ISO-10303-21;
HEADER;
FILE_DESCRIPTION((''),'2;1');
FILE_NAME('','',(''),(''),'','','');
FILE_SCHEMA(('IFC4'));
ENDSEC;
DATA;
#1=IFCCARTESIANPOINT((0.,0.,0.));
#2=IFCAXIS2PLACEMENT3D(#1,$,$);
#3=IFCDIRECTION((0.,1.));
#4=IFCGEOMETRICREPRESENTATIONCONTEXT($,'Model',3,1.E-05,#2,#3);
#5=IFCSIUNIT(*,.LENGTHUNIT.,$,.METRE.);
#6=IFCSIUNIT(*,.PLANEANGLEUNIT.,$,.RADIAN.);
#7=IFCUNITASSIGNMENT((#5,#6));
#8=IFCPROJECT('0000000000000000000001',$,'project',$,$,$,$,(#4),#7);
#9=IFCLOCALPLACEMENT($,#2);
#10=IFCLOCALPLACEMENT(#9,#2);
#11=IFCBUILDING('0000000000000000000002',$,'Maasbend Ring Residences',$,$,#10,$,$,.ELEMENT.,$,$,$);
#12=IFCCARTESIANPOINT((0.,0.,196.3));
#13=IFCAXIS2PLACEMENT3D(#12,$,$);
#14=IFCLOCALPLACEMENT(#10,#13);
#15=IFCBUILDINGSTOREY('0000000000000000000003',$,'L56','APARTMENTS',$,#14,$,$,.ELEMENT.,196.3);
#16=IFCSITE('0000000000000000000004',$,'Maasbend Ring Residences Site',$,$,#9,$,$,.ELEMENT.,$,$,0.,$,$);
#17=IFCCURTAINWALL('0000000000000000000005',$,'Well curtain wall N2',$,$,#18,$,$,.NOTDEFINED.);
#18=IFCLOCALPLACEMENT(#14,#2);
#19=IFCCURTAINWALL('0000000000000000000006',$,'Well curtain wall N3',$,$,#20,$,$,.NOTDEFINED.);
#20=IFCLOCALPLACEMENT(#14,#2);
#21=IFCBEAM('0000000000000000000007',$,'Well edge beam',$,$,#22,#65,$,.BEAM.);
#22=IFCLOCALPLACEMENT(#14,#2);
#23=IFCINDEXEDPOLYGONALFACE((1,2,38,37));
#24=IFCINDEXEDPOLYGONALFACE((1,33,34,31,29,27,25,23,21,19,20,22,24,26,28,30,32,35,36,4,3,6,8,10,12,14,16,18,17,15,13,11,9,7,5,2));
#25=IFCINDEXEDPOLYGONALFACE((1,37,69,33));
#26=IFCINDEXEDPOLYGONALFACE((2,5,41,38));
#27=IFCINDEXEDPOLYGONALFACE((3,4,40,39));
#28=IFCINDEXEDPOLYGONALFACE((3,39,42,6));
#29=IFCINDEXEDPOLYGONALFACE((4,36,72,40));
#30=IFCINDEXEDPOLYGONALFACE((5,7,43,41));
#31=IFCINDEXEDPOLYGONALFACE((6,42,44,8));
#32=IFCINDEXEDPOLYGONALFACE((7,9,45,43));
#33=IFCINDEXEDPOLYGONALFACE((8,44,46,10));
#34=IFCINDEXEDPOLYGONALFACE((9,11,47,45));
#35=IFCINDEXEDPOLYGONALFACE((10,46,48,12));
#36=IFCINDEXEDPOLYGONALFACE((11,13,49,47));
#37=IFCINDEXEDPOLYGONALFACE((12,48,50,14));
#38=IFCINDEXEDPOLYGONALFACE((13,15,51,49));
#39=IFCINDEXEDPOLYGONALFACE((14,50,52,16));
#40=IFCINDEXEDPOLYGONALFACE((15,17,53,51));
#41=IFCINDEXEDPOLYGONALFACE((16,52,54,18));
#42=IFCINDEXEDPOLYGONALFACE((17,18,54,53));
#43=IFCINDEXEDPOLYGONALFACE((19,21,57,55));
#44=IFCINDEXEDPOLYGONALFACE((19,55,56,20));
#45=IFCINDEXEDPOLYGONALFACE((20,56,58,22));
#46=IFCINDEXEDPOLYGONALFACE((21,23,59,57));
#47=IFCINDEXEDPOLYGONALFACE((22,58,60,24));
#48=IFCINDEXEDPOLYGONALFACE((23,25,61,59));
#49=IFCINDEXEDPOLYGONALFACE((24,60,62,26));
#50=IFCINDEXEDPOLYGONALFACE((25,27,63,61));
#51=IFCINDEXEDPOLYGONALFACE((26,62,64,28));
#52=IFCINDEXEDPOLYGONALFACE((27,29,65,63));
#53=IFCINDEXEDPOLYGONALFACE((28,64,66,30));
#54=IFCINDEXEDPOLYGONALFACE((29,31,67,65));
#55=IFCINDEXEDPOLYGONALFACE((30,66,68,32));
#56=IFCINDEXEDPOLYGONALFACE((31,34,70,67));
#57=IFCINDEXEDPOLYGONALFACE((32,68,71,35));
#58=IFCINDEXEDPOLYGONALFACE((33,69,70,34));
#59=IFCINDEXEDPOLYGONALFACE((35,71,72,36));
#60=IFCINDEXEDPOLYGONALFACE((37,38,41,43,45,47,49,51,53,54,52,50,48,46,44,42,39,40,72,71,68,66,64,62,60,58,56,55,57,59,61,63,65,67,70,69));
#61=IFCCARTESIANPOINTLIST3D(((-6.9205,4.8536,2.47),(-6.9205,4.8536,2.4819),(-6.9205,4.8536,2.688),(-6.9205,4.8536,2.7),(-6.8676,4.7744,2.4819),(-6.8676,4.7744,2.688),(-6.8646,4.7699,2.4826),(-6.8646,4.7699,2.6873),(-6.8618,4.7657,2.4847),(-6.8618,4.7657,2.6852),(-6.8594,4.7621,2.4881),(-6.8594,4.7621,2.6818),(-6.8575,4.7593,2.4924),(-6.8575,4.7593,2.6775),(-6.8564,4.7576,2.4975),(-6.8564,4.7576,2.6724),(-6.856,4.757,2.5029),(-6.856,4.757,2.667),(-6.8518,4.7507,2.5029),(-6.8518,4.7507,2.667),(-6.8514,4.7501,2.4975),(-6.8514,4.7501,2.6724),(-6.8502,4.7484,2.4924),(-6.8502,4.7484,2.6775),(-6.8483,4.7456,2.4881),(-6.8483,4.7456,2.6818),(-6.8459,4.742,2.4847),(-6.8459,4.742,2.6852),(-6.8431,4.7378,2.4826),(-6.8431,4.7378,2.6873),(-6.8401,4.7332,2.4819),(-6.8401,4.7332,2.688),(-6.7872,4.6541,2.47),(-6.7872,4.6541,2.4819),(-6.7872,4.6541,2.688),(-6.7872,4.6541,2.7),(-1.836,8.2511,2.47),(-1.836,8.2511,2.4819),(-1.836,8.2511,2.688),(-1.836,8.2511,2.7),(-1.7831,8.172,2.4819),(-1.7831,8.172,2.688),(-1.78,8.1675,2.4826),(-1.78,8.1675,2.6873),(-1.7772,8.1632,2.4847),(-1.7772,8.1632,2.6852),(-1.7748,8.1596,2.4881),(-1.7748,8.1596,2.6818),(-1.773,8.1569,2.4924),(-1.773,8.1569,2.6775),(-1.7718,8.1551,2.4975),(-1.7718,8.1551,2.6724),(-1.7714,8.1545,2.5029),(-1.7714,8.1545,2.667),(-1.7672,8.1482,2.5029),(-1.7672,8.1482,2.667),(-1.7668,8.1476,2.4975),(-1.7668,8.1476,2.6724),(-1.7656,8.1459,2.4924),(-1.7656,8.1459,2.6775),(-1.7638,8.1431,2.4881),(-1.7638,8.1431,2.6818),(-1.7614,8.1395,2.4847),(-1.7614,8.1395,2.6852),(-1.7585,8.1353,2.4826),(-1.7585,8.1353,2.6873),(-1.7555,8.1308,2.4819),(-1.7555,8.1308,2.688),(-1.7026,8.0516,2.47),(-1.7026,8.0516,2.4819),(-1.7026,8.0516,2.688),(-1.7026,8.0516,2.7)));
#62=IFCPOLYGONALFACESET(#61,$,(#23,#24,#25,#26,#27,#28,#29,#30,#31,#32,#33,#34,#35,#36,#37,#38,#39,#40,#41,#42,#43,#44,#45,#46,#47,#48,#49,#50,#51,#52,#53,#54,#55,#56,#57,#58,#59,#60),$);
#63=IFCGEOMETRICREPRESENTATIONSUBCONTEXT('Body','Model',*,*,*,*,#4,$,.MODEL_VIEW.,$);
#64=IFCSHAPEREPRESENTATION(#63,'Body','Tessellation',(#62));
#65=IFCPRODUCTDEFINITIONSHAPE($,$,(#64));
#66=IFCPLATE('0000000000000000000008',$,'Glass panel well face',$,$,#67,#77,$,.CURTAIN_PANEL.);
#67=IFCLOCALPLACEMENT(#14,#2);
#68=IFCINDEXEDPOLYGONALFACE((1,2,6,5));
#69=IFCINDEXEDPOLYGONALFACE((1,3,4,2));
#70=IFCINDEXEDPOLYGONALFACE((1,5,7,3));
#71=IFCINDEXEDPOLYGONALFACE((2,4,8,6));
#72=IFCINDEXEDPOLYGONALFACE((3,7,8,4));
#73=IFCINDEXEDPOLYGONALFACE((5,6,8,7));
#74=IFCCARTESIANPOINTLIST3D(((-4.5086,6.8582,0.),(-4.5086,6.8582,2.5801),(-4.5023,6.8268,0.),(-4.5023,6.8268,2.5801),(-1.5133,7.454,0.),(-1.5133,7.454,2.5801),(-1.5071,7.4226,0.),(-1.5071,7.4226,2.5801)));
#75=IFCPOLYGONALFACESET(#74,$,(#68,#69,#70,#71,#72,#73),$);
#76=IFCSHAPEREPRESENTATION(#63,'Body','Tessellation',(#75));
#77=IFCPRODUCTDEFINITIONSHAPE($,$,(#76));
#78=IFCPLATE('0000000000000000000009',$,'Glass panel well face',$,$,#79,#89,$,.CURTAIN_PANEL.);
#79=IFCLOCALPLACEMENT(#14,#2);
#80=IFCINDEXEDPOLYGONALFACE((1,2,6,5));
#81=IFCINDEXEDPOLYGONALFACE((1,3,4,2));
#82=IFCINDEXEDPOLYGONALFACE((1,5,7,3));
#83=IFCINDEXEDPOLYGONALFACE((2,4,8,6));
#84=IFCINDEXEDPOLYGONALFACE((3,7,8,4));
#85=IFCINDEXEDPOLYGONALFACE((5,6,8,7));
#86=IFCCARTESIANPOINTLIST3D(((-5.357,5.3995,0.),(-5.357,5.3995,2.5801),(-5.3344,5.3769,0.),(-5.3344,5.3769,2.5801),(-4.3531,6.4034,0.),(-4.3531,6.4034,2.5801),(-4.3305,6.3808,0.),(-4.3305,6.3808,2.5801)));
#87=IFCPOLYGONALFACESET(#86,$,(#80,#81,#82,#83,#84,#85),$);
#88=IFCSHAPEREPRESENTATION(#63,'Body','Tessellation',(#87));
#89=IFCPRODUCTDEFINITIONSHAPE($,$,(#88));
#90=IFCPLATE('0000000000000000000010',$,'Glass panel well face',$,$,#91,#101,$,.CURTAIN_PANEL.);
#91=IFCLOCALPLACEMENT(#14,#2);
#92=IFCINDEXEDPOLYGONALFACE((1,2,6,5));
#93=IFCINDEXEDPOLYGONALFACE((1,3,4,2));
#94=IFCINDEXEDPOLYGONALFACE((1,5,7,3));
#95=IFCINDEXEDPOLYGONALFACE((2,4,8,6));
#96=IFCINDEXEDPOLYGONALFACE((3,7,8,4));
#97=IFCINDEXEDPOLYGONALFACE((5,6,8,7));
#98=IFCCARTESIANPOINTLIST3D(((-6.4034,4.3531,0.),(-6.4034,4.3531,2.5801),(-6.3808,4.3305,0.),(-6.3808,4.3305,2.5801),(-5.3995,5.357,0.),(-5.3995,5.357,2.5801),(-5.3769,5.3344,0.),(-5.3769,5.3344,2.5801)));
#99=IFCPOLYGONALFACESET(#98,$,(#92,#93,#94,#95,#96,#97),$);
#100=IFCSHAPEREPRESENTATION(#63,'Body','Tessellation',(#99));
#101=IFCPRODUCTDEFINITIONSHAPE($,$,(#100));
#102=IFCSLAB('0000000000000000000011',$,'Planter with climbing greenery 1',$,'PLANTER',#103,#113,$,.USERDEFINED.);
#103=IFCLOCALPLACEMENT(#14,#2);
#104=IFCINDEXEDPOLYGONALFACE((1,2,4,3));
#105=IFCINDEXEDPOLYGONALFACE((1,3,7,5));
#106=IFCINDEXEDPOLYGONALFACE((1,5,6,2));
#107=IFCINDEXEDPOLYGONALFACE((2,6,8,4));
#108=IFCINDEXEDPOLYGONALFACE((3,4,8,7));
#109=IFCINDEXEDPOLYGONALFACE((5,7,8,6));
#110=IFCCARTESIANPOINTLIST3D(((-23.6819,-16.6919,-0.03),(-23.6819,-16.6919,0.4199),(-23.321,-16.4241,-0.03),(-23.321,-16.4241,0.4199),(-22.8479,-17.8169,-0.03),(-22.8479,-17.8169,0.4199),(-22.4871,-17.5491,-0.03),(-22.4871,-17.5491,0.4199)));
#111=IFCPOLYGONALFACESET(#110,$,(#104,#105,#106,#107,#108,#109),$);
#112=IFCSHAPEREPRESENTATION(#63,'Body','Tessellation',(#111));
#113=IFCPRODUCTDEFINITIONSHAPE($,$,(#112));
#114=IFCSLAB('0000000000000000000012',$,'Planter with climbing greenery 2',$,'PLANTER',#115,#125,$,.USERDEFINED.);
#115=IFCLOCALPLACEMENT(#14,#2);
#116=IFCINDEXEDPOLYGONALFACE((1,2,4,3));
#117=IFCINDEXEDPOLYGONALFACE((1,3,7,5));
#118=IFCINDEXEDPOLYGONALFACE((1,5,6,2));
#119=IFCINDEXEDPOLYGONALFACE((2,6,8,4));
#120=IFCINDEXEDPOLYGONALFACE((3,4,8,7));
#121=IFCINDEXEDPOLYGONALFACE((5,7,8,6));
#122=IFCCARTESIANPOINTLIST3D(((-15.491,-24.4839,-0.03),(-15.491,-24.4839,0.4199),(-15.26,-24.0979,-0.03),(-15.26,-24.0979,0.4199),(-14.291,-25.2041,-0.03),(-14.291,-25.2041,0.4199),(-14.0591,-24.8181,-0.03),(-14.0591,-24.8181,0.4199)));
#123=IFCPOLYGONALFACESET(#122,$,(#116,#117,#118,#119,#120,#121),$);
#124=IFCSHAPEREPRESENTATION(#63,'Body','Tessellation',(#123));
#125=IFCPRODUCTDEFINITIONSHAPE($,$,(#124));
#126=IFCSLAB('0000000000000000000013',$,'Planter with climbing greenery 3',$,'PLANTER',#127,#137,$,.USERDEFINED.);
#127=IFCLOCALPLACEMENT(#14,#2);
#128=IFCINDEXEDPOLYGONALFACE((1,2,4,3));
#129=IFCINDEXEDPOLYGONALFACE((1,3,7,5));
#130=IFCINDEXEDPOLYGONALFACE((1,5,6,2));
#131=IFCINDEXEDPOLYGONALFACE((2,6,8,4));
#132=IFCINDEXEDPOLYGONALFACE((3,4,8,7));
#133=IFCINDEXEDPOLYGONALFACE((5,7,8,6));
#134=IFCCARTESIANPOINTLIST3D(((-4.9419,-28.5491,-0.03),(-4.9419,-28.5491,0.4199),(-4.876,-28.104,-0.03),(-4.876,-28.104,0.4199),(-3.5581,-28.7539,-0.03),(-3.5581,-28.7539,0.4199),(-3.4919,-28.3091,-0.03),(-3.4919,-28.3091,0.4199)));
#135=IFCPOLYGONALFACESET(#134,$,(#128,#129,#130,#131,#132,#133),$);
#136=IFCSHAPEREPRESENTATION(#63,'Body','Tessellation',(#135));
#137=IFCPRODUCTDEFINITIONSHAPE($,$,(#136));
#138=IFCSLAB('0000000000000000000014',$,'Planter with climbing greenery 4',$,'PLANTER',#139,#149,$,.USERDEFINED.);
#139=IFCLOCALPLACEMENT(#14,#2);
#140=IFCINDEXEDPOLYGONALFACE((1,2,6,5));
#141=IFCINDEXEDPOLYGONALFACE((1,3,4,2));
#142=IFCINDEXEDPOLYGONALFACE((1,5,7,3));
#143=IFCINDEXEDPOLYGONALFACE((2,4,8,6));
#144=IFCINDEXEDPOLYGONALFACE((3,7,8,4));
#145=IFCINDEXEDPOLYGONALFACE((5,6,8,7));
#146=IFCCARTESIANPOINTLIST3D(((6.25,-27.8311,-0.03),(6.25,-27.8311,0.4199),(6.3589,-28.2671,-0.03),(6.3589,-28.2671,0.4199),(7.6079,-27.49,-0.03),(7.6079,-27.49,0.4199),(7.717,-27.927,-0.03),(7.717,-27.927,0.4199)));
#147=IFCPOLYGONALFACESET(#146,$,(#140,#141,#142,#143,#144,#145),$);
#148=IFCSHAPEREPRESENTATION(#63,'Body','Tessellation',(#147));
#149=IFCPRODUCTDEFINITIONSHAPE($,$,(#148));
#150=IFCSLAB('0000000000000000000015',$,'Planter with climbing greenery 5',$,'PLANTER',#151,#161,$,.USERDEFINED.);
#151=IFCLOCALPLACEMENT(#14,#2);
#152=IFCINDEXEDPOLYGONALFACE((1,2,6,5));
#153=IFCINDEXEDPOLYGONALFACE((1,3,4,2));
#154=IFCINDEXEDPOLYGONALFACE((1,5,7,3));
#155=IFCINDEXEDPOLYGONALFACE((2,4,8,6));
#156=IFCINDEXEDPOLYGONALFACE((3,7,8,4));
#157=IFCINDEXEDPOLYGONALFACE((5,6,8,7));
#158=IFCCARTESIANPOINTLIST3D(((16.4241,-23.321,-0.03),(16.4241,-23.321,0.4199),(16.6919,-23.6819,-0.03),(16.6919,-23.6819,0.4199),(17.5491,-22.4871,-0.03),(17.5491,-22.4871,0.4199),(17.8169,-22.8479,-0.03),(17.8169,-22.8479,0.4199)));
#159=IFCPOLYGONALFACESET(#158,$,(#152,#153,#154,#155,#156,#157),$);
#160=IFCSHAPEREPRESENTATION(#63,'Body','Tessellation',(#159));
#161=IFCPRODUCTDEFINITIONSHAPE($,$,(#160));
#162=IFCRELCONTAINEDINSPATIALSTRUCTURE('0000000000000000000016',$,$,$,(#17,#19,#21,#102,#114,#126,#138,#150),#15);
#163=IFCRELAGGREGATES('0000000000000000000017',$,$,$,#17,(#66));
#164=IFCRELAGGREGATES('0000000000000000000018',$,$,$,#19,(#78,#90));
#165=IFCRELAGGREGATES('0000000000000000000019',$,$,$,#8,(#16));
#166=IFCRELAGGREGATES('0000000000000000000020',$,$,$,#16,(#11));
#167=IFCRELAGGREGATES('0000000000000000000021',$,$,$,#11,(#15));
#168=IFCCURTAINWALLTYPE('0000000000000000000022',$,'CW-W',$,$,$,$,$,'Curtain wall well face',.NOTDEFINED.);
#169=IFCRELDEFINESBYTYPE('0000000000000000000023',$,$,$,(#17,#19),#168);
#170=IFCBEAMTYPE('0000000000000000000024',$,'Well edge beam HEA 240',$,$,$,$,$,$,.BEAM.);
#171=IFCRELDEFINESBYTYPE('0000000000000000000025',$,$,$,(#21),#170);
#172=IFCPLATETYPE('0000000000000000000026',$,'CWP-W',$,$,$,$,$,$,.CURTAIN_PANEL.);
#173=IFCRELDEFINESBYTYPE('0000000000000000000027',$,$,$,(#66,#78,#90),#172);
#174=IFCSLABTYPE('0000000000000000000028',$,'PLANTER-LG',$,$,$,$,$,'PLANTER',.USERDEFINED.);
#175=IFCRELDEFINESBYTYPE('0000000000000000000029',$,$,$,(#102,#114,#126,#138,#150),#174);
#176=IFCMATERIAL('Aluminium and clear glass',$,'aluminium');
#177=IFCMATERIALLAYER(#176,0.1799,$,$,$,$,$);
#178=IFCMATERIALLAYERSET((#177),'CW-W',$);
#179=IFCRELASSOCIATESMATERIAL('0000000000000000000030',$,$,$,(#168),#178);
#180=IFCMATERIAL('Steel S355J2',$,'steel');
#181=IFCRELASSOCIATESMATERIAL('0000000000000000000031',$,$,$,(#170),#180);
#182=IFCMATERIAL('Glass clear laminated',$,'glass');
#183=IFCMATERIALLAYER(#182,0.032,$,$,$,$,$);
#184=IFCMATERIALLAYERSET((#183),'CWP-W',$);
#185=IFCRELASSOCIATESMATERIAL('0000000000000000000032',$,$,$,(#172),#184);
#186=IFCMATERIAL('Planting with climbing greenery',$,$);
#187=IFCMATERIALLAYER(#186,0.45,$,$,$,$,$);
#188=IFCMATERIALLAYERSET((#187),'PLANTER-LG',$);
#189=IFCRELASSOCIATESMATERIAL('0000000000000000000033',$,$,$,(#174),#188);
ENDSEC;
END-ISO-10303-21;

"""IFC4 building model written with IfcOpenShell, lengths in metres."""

from ifc_helpers import new_model, si_unit, direction, frame, origin, origin_2d, place, context, subcontext, project, spatial, polyline, rectangle, i_section, outline, extrude, material, layer, layer_set, material_profile, profile_set, type_object, element, aggregate, save


model = new_model("IFC4")

# Units and contexts
model_context = context("Model", 3, precision=1e-05, world=origin(), true_north=direction((0.0, 1.0)))
body_context = subcontext(model_context, "Body", "Model", "MODEL_VIEW")
ifc_project = project(units=[si_unit("LENGTHUNIT", "METRE"), si_unit("PLANEANGLEUNIT", "RADIAN")], contexts=[model_context])

# Site, building, storey
site_placement = place(None, origin())
site = spatial("IfcSite", under=ifc_project, at=site_placement, Name="Maasbend Ring Residences Site", CompositionType="ELEMENT", RefElevation=0.0)
building_placement = place(site_placement, origin())
building = spatial("IfcBuilding", under=site, at=building_placement, Name="Maasbend Ring Residences", CompositionType="ELEMENT")
storey_placement = place(building_placement, frame((0.0, 0.0, 196.3)))
storey = spatial("IfcBuildingStorey", under=building, at=storey_placement, Name="L56", Description="APARTMENTS", CompositionType="ELEMENT", Elevation=196.3)

# Curtain walls
ifc_material_1 = material(Name="Aluminium and clear glass", Category="aluminium")
ifc_layer_1 = layer(ifc_material_1, 0.1799)
ifc_layer_set_1 = layer_set([ifc_layer_1], Name="CW-W")
curtain_wall_type = type_object("IfcCurtainWallType", Name="CW-W", ElementType="Curtain wall well face", PredefinedType="NOTDEFINED", material=ifc_layer_set_1)
curtain_wall_1_placement = place(storey_placement, origin())
curtain_wall_1 = element("IfcCurtainWall", 1, at=curtain_wall_1_placement, inside=storey, type_object=curtain_wall_type, Name="Well curtain wall N2", PredefinedType="NOTDEFINED")
curtain_wall_2_placement = place(storey_placement, origin())
curtain_wall_2 = element("IfcCurtainWall", 2, at=curtain_wall_2_placement, inside=storey, type_object=curtain_wall_type, Name="Well curtain wall N3", PredefinedType="NOTDEFINED")

# Beam
ifc_material_2 = material(Name="Steel S355J2", Category="steel")
ifc_material_profile_1 = material_profile(ifc_material_2, i_section(OverallWidth=0.24, OverallDepth=0.23, WebThickness=0.0076, FlangeThickness=0.012, FilletRadius=0.021, at=origin_2d()), Name="HEA 240")
ifc_profile_set_1 = profile_set([ifc_material_profile_1], Name="Steel S355J2")
beam_type = type_object("IfcBeamType", Name="Well edge beam HEA 240", PredefinedType="BEAM", material=ifc_profile_set_1)
beam_placement = place(storey_placement, frame((-1.7693, 8.1514, 2.585), z_axis=(-0.83146, -0.555584, 0.0), x_axis=(0.555584, -0.83146, 0.0)))
element("IfcBeam", 3, at=beam_placement, inside=storey, type_object=beam_type, Name="Well edge beam", PredefinedType="BEAM", context=body_context, shape_type="SweptSolid", body=[
    extrude(i_section(OverallWidth=0.24, OverallDepth=0.23, WebThickness=0.0076, FlangeThickness=0.012, FilletRadius=0.021, at=origin_2d()), origin(), (0.0, 0.0, 1.0), 6.1152),
])

# Plates
ifc_material_3 = material(Name="Glass clear laminated", Category="glass")
ifc_layer_2 = layer(ifc_material_3, 0.032)
ifc_layer_set_2 = layer_set([ifc_layer_2], Name="CWP-W")
plate_type = type_object("IfcPlateType", Name="CWP-W", PredefinedType="CURTAIN_PANEL", material=ifc_layer_set_2)
plate_1_placement = place(storey_placement, frame((-3.0078, 7.1404, 0.0), z_axis=(0.0, 0.0, 1.0), x_axis=(-0.980785, -0.19509, 0.0)))
plate_1 = element("IfcPlate", 4, at=plate_1_placement, type_object=plate_type, Name="Glass panel well face", PredefinedType="CURTAIN_PANEL", context=body_context, shape_type="SweptSolid", body=[
    extrude(rectangle(XDim=3.054, YDim=0.032, at=origin_2d()), origin(), (0.0, 0.0, 1.0), 2.5801),
])
aggregate(curtain_wall_1, [plate_1])
plate_2_placement = place(storey_placement, frame((-4.8438, 5.8901, 0.0), z_axis=(0.0, 0.0, 1.0), x_axis=(-0.707107, -0.707107, 0.0)))
plate_2 = element("IfcPlate", 5, at=plate_2_placement, type_object=plate_type, Name="Glass panel well face", PredefinedType="CURTAIN_PANEL", context=body_context, shape_type="SweptSolid", body=[
    extrude(rectangle(XDim=1.4197, YDim=0.032, at=origin_2d()), origin(), (0.0, 0.0, 1.0), 2.5801),
])
plate_3_placement = place(storey_placement, frame((-5.8901, 4.8438, 0.0), z_axis=(0.0, 0.0, 1.0), x_axis=(-0.707107, -0.707107, 0.0)))
plate_3 = element("IfcPlate", 6, at=plate_3_placement, type_object=plate_type, Name="Glass panel well face", PredefinedType="CURTAIN_PANEL", context=body_context, shape_type="SweptSolid", body=[
    extrude(rectangle(XDim=1.4197, YDim=0.032, at=origin_2d()), origin(), (0.0, 0.0, 1.0), 2.5801),
])
aggregate(curtain_wall_2, [plate_2, plate_3])

# Slabs
ifc_material_4 = material(Name="Planting with climbing greenery")
ifc_layer_3 = layer(ifc_material_4, 0.45)
ifc_layer_set_3 = layer_set([ifc_layer_3], Name="PLANTER-LG")
slab_type_1 = type_object("IfcSlabType", Name="PLANTER-LG", ElementType="PLANTER", PredefinedType="USERDEFINED", material=ifc_layer_set_3)
slab_1_placement = place(storey_placement, frame((0.0, 0.0, -0.03)))
element("IfcSlab", 7, at=slab_1_placement, inside=storey, type_object=slab_type_1, Name="Planter with climbing greenery 1", ObjectType="PLANTER", PredefinedType="USERDEFINED", context=body_context, shape_type="SweptSolid", body=[
    extrude(outline(polyline([(-23.6819, -16.6919), (-22.8479, -17.8169), (-22.4871, -17.5491), (-23.321, -16.4241), (-23.6819, -16.6919)])), origin(), (0.0, 0.0, 1.0), 0.45),
])
slab_2_placement = place(storey_placement, frame((0.0, 0.0, -0.03)))
element("IfcSlab", 8, at=slab_2_placement, inside=storey, type_object=slab_type_1, Name="Planter with climbing greenery 2", ObjectType="PLANTER", PredefinedType="USERDEFINED", context=body_context, shape_type="SweptSolid", body=[
    extrude(outline(polyline([(-15.491, -24.4839), (-14.291, -25.2041), (-14.0591, -24.8181), (-15.26, -24.0979), (-15.491, -24.4839)])), origin(), (0.0, 0.0, 1.0), 0.45),
])
slab_3_placement = place(storey_placement, frame((0.0, 0.0, -0.03)))
element("IfcSlab", 9, at=slab_3_placement, inside=storey, type_object=slab_type_1, Name="Planter with climbing greenery 3", ObjectType="PLANTER", PredefinedType="USERDEFINED", context=body_context, shape_type="SweptSolid", body=[
    extrude(outline(polyline([(-4.9419, -28.5491), (-3.5581, -28.7539), (-3.4919, -28.3091), (-4.876, -28.104), (-4.9419, -28.5491)])), origin(), (0.0, 0.0, 1.0), 0.45),
])
slab_4_placement = place(storey_placement, frame((0.0, 0.0, -0.03)))
element("IfcSlab", 10, at=slab_4_placement, inside=storey, type_object=slab_type_1, Name="Planter with climbing greenery 4", ObjectType="PLANTER", PredefinedType="USERDEFINED", context=body_context, shape_type="SweptSolid", body=[
    extrude(outline(polyline([(6.3589, -28.2671), (7.717, -27.927), (7.6079, -27.49), (6.25, -27.8311), (6.3589, -28.2671)])), origin(), (0.0, 0.0, 1.0), 0.45),
])
slab_5_placement = place(storey_placement, frame((0.0, 0.0, -0.03)))
element("IfcSlab", 11, at=slab_5_placement, inside=storey, type_object=slab_type_1, Name="Planter with climbing greenery 5", ObjectType="PLANTER", PredefinedType="USERDEFINED", context=body_context, shape_type="SweptSolid", body=[
    extrude(outline(polyline([(16.6919, -23.6819), (17.8169, -22.8479), (17.5491, -22.4871), (16.4241, -23.321), (16.6919, -23.6819)])), origin(), (0.0, 0.0, 1.0), 0.45),
])

save(model, "model.ifc")
